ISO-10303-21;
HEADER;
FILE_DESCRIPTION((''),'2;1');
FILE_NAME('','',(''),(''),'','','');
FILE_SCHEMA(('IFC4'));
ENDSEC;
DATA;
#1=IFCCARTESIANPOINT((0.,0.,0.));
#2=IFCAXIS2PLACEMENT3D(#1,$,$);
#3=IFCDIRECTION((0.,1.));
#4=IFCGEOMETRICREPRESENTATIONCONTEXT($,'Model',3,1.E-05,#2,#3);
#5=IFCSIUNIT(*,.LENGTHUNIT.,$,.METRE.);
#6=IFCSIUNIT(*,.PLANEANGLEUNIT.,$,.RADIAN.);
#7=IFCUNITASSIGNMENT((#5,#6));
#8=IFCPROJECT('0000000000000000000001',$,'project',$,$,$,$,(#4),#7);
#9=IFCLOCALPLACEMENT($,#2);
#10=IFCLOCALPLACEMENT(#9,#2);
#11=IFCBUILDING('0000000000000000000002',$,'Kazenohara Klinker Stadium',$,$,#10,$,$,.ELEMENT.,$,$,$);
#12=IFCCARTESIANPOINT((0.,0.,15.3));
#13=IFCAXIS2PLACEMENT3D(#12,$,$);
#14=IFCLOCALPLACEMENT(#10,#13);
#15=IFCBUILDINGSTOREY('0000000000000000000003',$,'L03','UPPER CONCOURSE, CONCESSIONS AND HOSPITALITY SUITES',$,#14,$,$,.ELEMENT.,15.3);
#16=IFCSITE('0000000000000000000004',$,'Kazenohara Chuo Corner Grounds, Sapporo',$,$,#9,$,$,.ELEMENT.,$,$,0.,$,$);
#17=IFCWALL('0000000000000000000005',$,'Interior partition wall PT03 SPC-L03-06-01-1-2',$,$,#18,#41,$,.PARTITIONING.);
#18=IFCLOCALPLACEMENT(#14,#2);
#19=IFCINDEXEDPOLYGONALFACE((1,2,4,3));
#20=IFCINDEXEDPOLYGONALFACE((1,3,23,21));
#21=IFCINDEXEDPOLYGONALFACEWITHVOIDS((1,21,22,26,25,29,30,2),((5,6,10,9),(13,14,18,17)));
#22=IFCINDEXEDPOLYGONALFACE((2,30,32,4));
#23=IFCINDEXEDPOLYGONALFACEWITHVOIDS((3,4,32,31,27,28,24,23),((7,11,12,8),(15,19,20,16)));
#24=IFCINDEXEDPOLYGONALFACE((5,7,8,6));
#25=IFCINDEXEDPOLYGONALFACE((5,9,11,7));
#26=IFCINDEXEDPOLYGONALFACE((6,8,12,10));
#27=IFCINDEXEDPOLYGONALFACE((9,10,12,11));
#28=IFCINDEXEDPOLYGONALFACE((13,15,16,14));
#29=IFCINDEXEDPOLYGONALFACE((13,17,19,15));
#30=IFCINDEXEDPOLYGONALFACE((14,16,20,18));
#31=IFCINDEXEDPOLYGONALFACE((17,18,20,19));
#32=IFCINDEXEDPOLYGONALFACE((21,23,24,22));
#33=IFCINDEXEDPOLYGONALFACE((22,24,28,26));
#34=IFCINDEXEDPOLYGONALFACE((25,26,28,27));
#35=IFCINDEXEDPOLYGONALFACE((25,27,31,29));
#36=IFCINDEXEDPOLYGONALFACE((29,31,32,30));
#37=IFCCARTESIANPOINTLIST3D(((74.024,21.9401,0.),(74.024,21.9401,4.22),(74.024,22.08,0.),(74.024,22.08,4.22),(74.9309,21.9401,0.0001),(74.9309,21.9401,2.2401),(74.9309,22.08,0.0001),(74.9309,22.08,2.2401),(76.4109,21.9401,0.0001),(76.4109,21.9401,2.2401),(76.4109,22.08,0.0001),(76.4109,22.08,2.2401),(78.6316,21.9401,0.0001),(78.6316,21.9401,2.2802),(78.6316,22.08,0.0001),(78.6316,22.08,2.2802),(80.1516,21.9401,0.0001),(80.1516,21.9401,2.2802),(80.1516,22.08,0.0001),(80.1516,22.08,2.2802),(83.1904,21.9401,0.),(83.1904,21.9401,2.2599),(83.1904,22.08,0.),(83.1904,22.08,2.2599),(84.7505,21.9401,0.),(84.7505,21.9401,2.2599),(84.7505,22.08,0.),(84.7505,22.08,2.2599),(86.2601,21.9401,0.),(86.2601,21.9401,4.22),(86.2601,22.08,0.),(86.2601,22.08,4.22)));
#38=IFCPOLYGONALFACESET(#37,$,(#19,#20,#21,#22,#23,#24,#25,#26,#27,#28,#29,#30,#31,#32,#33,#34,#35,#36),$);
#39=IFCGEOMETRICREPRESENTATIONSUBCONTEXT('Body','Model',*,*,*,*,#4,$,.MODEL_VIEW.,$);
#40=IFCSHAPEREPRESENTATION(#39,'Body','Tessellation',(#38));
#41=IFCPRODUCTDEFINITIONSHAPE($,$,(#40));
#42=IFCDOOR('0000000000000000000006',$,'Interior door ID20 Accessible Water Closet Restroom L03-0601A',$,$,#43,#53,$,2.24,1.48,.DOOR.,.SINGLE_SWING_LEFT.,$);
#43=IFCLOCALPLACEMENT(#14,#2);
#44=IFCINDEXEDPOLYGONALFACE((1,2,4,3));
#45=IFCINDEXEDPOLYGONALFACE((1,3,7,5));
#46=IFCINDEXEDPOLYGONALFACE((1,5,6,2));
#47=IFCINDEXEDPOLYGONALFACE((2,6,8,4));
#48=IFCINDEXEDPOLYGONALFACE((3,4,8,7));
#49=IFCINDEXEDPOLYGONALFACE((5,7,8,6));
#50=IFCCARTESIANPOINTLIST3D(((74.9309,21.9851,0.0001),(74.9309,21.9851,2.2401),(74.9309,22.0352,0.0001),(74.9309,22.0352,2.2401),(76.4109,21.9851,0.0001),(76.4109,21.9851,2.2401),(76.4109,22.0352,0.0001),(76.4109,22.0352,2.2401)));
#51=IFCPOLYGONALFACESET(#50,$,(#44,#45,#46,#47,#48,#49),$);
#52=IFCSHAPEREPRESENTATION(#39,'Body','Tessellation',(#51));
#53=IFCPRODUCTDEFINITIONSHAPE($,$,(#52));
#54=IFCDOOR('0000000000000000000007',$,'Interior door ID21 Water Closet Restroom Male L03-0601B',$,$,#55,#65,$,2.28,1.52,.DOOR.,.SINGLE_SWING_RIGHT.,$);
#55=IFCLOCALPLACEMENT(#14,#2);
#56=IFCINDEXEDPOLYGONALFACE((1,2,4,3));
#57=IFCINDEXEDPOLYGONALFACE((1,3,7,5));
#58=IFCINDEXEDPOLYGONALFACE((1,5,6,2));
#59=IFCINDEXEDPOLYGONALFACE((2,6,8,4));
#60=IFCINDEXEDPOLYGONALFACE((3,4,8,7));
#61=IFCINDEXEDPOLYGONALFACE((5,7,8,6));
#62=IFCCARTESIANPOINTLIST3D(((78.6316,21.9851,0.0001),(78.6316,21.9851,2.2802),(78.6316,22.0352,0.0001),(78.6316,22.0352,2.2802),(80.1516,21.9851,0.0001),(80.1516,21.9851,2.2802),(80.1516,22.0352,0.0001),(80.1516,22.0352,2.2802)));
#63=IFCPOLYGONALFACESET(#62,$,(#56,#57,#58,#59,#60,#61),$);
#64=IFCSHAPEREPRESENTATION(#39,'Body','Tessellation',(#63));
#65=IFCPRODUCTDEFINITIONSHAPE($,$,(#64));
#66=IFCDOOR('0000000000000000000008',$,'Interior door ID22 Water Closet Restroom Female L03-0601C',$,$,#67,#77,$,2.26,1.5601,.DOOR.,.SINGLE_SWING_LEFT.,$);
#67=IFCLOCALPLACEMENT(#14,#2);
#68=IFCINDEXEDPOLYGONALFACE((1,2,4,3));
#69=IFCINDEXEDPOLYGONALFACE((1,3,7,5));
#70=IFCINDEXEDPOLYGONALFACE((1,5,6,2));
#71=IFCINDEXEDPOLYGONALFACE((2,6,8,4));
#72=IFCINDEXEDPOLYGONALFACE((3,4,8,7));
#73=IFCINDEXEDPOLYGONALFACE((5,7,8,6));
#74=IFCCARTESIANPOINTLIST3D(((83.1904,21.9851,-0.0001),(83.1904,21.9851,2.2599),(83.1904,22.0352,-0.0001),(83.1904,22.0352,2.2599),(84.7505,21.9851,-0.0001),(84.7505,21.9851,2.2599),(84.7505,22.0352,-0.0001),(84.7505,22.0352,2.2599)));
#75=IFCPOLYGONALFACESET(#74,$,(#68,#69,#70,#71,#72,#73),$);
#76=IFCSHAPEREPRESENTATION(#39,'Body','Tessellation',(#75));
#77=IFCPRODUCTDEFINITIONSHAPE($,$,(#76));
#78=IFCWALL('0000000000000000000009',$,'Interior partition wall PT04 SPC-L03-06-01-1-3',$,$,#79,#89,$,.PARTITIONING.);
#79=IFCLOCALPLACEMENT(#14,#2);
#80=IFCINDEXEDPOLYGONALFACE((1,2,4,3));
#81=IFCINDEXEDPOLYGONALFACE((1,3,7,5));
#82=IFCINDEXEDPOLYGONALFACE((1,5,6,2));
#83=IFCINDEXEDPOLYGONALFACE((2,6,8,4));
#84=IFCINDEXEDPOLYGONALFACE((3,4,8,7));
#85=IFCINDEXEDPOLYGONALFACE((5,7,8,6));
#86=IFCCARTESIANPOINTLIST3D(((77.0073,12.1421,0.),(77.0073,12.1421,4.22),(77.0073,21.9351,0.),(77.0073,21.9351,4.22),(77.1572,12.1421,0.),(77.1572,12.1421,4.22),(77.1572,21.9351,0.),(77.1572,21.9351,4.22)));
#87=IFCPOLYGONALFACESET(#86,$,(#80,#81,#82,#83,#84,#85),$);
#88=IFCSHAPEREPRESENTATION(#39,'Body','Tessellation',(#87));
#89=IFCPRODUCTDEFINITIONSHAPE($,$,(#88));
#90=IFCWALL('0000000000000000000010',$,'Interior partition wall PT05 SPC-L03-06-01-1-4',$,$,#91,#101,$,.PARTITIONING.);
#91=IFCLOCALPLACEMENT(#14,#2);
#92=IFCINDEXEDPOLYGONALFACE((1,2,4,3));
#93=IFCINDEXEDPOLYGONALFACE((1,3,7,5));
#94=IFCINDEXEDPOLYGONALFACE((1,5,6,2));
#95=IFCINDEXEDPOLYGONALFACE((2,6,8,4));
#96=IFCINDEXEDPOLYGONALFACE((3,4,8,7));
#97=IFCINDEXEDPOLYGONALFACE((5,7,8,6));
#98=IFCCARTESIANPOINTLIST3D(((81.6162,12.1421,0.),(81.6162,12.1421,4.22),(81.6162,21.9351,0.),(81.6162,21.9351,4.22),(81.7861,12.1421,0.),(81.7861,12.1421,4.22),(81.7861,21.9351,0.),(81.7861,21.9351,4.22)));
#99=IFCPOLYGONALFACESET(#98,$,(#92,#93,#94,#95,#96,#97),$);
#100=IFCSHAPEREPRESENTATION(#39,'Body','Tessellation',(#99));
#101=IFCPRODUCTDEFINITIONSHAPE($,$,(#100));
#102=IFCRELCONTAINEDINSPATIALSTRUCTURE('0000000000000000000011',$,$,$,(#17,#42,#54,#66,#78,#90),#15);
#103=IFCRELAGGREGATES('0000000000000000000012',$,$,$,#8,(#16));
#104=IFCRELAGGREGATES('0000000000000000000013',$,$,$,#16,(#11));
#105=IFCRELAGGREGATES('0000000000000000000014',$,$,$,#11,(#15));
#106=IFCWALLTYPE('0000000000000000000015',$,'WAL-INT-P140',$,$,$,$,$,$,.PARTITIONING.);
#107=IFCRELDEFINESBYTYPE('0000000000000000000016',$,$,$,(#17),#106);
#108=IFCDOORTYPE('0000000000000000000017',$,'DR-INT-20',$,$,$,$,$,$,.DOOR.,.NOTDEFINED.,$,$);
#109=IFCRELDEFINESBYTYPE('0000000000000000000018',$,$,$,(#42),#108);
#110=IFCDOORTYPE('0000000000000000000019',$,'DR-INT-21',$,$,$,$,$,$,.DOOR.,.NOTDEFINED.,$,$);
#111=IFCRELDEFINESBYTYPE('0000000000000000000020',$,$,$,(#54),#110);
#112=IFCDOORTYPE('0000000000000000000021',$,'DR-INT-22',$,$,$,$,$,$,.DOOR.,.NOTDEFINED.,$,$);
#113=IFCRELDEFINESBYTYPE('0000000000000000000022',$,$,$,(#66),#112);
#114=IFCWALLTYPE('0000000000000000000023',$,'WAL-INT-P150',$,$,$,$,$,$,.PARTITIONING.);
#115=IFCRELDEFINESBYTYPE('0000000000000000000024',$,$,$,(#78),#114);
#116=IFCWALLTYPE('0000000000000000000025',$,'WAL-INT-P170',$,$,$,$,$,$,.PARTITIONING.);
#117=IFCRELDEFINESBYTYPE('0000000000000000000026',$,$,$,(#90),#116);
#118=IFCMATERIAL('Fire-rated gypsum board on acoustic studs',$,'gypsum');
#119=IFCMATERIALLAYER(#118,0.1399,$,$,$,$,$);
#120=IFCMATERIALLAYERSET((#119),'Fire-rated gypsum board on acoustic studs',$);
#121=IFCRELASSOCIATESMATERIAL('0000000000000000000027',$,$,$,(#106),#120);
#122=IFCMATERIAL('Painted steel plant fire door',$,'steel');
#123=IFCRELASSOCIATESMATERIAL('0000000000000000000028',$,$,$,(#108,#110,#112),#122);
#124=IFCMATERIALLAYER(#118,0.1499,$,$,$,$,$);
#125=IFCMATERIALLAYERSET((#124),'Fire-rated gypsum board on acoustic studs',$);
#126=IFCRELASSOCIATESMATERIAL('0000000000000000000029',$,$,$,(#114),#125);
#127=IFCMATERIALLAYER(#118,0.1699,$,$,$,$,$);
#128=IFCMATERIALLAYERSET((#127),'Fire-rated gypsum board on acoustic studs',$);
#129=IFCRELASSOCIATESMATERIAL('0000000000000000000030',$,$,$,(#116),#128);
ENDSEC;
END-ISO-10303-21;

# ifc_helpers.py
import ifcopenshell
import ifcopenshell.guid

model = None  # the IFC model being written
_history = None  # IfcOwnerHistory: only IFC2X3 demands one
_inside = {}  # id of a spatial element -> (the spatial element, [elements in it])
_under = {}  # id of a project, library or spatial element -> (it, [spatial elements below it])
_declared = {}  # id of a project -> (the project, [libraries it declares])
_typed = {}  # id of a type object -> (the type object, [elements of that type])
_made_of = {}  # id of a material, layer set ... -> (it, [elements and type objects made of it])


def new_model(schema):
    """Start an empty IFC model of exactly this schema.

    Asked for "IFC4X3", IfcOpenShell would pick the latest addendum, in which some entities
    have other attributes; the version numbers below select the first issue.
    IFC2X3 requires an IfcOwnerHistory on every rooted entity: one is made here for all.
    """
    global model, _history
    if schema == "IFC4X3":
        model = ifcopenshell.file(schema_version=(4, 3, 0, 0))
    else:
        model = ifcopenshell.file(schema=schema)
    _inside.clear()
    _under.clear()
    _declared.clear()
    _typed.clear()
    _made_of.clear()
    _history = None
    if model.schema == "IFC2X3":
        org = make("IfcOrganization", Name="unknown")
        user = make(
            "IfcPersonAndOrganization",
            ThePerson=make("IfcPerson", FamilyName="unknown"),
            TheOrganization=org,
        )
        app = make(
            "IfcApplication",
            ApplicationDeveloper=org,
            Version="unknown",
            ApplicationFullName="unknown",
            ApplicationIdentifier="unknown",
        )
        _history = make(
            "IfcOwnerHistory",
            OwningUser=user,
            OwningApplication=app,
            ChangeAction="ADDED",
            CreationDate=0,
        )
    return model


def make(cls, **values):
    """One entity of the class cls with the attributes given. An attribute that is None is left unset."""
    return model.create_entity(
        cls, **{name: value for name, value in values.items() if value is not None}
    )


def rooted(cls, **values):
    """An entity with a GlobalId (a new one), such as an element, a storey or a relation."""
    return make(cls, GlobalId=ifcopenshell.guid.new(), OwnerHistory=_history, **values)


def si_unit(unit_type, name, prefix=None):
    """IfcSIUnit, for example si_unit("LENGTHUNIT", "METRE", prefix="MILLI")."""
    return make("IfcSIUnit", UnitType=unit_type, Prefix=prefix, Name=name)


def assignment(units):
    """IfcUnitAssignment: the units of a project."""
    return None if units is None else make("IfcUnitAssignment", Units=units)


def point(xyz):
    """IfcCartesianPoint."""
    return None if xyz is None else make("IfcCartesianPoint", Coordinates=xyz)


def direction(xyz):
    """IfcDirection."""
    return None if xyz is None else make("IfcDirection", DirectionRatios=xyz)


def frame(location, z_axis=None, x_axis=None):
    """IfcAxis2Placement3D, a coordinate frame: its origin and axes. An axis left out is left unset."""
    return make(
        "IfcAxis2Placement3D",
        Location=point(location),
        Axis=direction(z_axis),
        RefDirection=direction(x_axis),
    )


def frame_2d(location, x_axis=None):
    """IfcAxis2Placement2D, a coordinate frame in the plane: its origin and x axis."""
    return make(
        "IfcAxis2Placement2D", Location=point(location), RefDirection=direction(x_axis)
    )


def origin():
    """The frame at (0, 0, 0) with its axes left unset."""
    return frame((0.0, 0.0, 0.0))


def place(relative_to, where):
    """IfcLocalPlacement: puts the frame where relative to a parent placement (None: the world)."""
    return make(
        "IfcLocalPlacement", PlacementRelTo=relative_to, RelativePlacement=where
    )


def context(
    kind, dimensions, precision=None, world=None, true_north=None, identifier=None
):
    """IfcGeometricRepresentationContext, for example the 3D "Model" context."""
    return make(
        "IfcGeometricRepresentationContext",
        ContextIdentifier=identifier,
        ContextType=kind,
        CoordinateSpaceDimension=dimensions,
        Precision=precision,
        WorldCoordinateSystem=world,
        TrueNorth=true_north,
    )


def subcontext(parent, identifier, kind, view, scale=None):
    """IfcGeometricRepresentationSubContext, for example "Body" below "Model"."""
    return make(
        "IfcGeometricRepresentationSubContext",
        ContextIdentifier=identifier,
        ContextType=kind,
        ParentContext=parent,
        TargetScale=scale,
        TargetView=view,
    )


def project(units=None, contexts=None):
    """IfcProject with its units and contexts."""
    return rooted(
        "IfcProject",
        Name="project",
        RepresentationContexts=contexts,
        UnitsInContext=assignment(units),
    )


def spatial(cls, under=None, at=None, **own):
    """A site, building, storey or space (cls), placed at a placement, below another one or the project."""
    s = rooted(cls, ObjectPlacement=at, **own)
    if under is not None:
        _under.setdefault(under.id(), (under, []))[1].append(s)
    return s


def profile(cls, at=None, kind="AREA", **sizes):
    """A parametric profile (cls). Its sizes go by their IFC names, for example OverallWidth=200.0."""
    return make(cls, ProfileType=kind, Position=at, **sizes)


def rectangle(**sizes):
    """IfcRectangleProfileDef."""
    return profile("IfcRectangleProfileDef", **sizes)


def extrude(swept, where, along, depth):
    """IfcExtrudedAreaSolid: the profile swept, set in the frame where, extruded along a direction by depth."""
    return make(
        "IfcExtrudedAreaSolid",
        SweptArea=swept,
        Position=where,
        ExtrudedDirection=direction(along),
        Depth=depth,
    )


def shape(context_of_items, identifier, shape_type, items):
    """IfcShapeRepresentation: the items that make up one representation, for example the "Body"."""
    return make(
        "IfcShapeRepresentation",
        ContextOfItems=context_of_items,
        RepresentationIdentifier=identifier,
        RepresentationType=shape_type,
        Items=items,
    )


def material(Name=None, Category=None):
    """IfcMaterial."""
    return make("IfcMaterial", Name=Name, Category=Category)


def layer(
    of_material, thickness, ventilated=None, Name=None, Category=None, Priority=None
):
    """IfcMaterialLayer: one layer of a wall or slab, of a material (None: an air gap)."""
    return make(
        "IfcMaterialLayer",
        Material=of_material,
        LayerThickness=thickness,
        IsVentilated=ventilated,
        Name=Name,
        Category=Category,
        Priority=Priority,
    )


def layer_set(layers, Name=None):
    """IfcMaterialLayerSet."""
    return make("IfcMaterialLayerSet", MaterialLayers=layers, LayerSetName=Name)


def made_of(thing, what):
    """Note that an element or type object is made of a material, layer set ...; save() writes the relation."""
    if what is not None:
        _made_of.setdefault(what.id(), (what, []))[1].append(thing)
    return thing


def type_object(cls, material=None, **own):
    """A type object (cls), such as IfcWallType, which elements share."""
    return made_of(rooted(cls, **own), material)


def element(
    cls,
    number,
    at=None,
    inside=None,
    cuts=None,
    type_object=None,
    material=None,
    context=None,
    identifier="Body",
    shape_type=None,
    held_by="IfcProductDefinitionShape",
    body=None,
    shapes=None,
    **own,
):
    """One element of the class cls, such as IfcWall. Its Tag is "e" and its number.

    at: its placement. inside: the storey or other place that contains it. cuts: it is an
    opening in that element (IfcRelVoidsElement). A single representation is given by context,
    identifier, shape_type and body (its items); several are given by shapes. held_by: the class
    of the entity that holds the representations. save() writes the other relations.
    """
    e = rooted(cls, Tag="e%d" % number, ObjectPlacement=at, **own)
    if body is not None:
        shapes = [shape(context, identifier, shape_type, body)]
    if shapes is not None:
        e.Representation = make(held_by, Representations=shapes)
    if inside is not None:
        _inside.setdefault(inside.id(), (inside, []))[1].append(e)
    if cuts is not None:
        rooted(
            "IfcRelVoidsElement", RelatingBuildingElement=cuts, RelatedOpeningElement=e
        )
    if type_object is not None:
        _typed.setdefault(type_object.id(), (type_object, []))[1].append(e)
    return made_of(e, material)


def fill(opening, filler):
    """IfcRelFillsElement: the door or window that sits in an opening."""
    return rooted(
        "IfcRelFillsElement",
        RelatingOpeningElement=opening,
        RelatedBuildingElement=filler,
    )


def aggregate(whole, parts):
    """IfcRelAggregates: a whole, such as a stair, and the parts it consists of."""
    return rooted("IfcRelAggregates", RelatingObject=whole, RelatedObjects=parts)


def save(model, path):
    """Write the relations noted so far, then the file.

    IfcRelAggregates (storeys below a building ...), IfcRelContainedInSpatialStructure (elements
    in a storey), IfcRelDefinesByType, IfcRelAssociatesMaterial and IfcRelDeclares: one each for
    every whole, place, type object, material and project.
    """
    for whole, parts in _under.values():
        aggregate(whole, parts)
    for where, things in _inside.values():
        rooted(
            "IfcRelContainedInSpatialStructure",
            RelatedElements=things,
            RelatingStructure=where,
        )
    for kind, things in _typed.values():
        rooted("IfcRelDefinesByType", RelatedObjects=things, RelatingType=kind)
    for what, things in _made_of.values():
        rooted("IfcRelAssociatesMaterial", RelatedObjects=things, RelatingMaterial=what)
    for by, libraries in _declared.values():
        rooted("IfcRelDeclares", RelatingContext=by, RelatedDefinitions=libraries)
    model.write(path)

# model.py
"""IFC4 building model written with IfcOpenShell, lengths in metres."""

from ifc_helpers import new_model, si_unit, direction, frame, frame_2d, origin, place, context, subcontext, project, spatial, rectangle, extrude, material, layer, layer_set, type_object, element, fill, save


model = new_model("IFC4")

# Units and contexts
model_context = context("Model", 3, precision=1e-05, world=origin(), true_north=direction((0.0, 1.0)))
body_context = subcontext(model_context, "Body", "Model", "MODEL_VIEW")
ifc_project = project(units=[si_unit("LENGTHUNIT", "METRE"), si_unit("PLANEANGLEUNIT", "RADIAN")], contexts=[model_context])

# Site, building, storey
site_placement = place(None, origin())
site = spatial("IfcSite", under=ifc_project, at=site_placement, Name="Kazenohara Chuo Corner Grounds, Sapporo", CompositionType="ELEMENT", RefElevation=0.0)
building_placement = place(site_placement, origin())
building = spatial("IfcBuilding", under=site, at=building_placement, Name="Kazenohara Klinker Stadium", CompositionType="ELEMENT")
storey_placement = place(building_placement, frame((0.0, 0.0, 15.3)))
storey = spatial("IfcBuildingStorey", under=building, at=storey_placement, Name="L03", Description="UPPER CONCOURSE, CONCESSIONS AND HOSPITALITY SUITES", CompositionType="ELEMENT", Elevation=15.3)

# Shared definitions
ifc_material_1 = material(Name="Fire-rated gypsum board on acoustic studs", Category="gypsum")

# Wall, openings, doors
ifc_layer_1 = layer(ifc_material_1, 0.1399)
ifc_layer_set_1 = layer_set([ifc_layer_1], Name="Fire-rated gypsum board on acoustic studs")
wall_type_1 = type_object("IfcWallType", Name="WAL-INT-P140", PredefinedType="PARTITIONING", material=ifc_layer_set_1)
wall_1_placement = place(storey_placement, frame((74.0239, 22.01, 0.0), z_axis=(0.0, 0.0, 1.0), x_axis=(1.0, 0.0, 0.0)))
wall_1 = element("IfcWall", 1, at=wall_1_placement, inside=storey, type_object=wall_type_1, Name="Interior partition wall PT03 SPC-L03-06-01-1-2", PredefinedType="PARTITIONING", context=body_context, shape_type="SweptSolid", body=[
    extrude(rectangle(XDim=12.2361, YDim=0.1399, at=frame_2d((6.1182, 0.0))), origin(), (0.0, 0.0, 1.0), 4.22),
])
opening_1_placement = place(wall_1_placement, frame((2.387, 0.0, 0.0), z_axis=(0.0, 0.0, 1.0), x_axis=(-1.0, 0.0, 0.0)))
opening_1 = element("IfcOpeningElement", 2, at=opening_1_placement, cuts=wall_1, PredefinedType="OPENING", context=body_context, shape_type="SweptSolid", body=[
    extrude(rectangle(XDim=1.48, YDim=2.24, at=frame_2d((0.74, 1.1201))), frame((0.0, 0.0801, 0.0), z_axis=(0.0, -1.0, 0.0), x_axis=(1.0, 0.0, 0.0)), (0.0, 0.0, 1.0), 0.1599),
])
opening_2_placement = place(wall_1_placement, frame((6.1277, 0.0, 0.0), z_axis=(0.0, 0.0, 1.0), x_axis=(-1.0, 0.0, 0.0)))
opening_2 = element("IfcOpeningElement", 3, at=opening_2_placement, cuts=wall_1, PredefinedType="OPENING", context=body_context, shape_type="SweptSolid", body=[
    extrude(rectangle(XDim=1.52, YDim=2.28, at=frame_2d((0.76, 1.1401))), frame((0.0, 0.0801, 0.0), z_axis=(0.0, -1.0, 0.0), x_axis=(1.0, 0.0, 0.0)), (0.0, 0.0, 1.0), 0.1599),
])
opening_3_placement = place(wall_1_placement, frame((10.7266, 0.0, 0.0), z_axis=(0.0, 0.0, 1.0), x_axis=(-1.0, 0.0, 0.0)))
opening_3 = element("IfcOpeningElement", 4, at=opening_3_placement, cuts=wall_1, PredefinedType="OPENING", context=body_context, shape_type="SweptSolid", body=[
    extrude(rectangle(XDim=1.5601, YDim=2.26, at=frame_2d((0.78, 1.1299))), frame((0.0, 0.0801, 0.0), z_axis=(0.0, -1.0, 0.0), x_axis=(1.0, 0.0, 0.0)), (0.0, 0.0, 1.0), 0.1599),
])
ifc_material_2 = material(Name="Painted steel plant fire door", Category="steel")
door_type_1 = type_object("IfcDoorType", Name="DR-INT-20", OperationType="NOTDEFINED", PredefinedType="DOOR", material=ifc_material_2)
door_1_placement = place(opening_1_placement, origin())
door_1 = element("IfcDoor", 5, at=door_1_placement, inside=storey, type_object=door_type_1, Name="Interior door ID20 Accessible Water Closet Restroom L03-0601A", OperationType="SINGLE_SWING_LEFT", OverallHeight=2.24, OverallWidth=1.48, PredefinedType="DOOR", context=body_context, shape_type="SweptSolid", body=[
    extrude(rectangle(XDim=1.48, YDim=2.24, at=frame_2d((0.74, 1.1201))), frame((0.0, 0.0249, 0.0), z_axis=(0.0, -1.0, 0.0), x_axis=(1.0, 0.0, 0.0)), (0.0, 0.0, 1.0), 0.05),
])
fill(opening_1, door_1)
door_type_2 = type_object("IfcDoorType", Name="DR-INT-21", OperationType="NOTDEFINED", PredefinedType="DOOR", material=ifc_material_2)
door_2_placement = place(opening_2_placement, origin())
door_2 = element("IfcDoor", 6, at=door_2_placement, inside=storey, type_object=door_type_2, Name="Interior door ID21 Water Closet Restroom Male L03-0601B", OperationType="SINGLE_SWING_RIGHT", OverallHeight=2.28, OverallWidth=1.52, PredefinedType="DOOR", context=body_context, shape_type="SweptSolid", body=[
    extrude(rectangle(XDim=1.52, YDim=2.28, at=frame_2d((0.76, 1.1401))), frame((0.0, 0.0249, 0.0), z_axis=(0.0, -1.0, 0.0), x_axis=(1.0, 0.0, 0.0)), (0.0, 0.0, 1.0), 0.05),
])
fill(opening_2, door_2)
door_type_3 = type_object("IfcDoorType", Name="DR-INT-22", OperationType="NOTDEFINED", PredefinedType="DOOR", material=ifc_material_2)
door_3_placement = place(opening_3_placement, origin())
door_3 = element("IfcDoor", 7, at=door_3_placement, inside=storey, type_object=door_type_3, Name="Interior door ID22 Water Closet Restroom Female L03-0601C", OperationType="SINGLE_SWING_LEFT", OverallHeight=2.26, OverallWidth=1.5601, PredefinedType="DOOR", context=body_context, shape_type="SweptSolid", body=[
    extrude(rectangle(XDim=1.5601, YDim=2.26, at=frame_2d((0.78, 1.1299))), frame((0.0, 0.0249, 0.0), z_axis=(0.0, -1.0, 0.0), x_axis=(1.0, 0.0, 0.0)), (0.0, 0.0, 1.0), 0.05),
])
fill(opening_3, door_3)

# Walls
ifc_layer_2 = layer(ifc_material_1, 0.1499)
ifc_layer_set_2 = layer_set([ifc_layer_2], Name="Fire-rated gypsum board on acoustic studs")
wall_type_2 = type_object("IfcWallType", Name="WAL-INT-P150", PredefinedType="PARTITIONING", material=ifc_layer_set_2)
wall_2_placement = place(storey_placement, frame((77.0823, 12.1421, 0.0), z_axis=(0.0, 0.0, 1.0), x_axis=(0.0, 1.0, 0.0)))
element("IfcWall", 8, at=wall_2_placement, inside=storey, type_object=wall_type_2, Name="Interior partition wall PT04 SPC-L03-06-01-1-3", PredefinedType="PARTITIONING", context=body_context, shape_type="SweptSolid", body=[
    extrude(rectangle(XDim=9.793, YDim=0.1499, at=frame_2d((4.8965, 0.0))), origin(), (0.0, 0.0, 1.0), 4.22),
])
ifc_layer_3 = layer(ifc_material_1, 0.1699)
ifc_layer_set_3 = layer_set([ifc_layer_3], Name="Fire-rated gypsum board on acoustic studs")
wall_type_3 = type_object("IfcWallType", Name="WAL-INT-P170", PredefinedType="PARTITIONING", material=ifc_layer_set_3)
wall_3_placement = place(storey_placement, frame((81.7012, 12.1421, 0.0), z_axis=(0.0, 0.0, 1.0), x_axis=(0.0, 1.0, 0.0)))
element("IfcWall", 9, at=wall_3_placement, inside=storey, type_object=wall_type_3, Name="Interior partition wall PT05 SPC-L03-06-01-1-4", PredefinedType="PARTITIONING", context=body_context, shape_type="SweptSolid", body=[
    extrude(rectangle(XDim=9.793, YDim=0.1699, at=frame_2d((4.8965, 0.0))), origin(), (0.0, 0.0, 1.0), 4.22),
])

save(model, "model.ifc")
